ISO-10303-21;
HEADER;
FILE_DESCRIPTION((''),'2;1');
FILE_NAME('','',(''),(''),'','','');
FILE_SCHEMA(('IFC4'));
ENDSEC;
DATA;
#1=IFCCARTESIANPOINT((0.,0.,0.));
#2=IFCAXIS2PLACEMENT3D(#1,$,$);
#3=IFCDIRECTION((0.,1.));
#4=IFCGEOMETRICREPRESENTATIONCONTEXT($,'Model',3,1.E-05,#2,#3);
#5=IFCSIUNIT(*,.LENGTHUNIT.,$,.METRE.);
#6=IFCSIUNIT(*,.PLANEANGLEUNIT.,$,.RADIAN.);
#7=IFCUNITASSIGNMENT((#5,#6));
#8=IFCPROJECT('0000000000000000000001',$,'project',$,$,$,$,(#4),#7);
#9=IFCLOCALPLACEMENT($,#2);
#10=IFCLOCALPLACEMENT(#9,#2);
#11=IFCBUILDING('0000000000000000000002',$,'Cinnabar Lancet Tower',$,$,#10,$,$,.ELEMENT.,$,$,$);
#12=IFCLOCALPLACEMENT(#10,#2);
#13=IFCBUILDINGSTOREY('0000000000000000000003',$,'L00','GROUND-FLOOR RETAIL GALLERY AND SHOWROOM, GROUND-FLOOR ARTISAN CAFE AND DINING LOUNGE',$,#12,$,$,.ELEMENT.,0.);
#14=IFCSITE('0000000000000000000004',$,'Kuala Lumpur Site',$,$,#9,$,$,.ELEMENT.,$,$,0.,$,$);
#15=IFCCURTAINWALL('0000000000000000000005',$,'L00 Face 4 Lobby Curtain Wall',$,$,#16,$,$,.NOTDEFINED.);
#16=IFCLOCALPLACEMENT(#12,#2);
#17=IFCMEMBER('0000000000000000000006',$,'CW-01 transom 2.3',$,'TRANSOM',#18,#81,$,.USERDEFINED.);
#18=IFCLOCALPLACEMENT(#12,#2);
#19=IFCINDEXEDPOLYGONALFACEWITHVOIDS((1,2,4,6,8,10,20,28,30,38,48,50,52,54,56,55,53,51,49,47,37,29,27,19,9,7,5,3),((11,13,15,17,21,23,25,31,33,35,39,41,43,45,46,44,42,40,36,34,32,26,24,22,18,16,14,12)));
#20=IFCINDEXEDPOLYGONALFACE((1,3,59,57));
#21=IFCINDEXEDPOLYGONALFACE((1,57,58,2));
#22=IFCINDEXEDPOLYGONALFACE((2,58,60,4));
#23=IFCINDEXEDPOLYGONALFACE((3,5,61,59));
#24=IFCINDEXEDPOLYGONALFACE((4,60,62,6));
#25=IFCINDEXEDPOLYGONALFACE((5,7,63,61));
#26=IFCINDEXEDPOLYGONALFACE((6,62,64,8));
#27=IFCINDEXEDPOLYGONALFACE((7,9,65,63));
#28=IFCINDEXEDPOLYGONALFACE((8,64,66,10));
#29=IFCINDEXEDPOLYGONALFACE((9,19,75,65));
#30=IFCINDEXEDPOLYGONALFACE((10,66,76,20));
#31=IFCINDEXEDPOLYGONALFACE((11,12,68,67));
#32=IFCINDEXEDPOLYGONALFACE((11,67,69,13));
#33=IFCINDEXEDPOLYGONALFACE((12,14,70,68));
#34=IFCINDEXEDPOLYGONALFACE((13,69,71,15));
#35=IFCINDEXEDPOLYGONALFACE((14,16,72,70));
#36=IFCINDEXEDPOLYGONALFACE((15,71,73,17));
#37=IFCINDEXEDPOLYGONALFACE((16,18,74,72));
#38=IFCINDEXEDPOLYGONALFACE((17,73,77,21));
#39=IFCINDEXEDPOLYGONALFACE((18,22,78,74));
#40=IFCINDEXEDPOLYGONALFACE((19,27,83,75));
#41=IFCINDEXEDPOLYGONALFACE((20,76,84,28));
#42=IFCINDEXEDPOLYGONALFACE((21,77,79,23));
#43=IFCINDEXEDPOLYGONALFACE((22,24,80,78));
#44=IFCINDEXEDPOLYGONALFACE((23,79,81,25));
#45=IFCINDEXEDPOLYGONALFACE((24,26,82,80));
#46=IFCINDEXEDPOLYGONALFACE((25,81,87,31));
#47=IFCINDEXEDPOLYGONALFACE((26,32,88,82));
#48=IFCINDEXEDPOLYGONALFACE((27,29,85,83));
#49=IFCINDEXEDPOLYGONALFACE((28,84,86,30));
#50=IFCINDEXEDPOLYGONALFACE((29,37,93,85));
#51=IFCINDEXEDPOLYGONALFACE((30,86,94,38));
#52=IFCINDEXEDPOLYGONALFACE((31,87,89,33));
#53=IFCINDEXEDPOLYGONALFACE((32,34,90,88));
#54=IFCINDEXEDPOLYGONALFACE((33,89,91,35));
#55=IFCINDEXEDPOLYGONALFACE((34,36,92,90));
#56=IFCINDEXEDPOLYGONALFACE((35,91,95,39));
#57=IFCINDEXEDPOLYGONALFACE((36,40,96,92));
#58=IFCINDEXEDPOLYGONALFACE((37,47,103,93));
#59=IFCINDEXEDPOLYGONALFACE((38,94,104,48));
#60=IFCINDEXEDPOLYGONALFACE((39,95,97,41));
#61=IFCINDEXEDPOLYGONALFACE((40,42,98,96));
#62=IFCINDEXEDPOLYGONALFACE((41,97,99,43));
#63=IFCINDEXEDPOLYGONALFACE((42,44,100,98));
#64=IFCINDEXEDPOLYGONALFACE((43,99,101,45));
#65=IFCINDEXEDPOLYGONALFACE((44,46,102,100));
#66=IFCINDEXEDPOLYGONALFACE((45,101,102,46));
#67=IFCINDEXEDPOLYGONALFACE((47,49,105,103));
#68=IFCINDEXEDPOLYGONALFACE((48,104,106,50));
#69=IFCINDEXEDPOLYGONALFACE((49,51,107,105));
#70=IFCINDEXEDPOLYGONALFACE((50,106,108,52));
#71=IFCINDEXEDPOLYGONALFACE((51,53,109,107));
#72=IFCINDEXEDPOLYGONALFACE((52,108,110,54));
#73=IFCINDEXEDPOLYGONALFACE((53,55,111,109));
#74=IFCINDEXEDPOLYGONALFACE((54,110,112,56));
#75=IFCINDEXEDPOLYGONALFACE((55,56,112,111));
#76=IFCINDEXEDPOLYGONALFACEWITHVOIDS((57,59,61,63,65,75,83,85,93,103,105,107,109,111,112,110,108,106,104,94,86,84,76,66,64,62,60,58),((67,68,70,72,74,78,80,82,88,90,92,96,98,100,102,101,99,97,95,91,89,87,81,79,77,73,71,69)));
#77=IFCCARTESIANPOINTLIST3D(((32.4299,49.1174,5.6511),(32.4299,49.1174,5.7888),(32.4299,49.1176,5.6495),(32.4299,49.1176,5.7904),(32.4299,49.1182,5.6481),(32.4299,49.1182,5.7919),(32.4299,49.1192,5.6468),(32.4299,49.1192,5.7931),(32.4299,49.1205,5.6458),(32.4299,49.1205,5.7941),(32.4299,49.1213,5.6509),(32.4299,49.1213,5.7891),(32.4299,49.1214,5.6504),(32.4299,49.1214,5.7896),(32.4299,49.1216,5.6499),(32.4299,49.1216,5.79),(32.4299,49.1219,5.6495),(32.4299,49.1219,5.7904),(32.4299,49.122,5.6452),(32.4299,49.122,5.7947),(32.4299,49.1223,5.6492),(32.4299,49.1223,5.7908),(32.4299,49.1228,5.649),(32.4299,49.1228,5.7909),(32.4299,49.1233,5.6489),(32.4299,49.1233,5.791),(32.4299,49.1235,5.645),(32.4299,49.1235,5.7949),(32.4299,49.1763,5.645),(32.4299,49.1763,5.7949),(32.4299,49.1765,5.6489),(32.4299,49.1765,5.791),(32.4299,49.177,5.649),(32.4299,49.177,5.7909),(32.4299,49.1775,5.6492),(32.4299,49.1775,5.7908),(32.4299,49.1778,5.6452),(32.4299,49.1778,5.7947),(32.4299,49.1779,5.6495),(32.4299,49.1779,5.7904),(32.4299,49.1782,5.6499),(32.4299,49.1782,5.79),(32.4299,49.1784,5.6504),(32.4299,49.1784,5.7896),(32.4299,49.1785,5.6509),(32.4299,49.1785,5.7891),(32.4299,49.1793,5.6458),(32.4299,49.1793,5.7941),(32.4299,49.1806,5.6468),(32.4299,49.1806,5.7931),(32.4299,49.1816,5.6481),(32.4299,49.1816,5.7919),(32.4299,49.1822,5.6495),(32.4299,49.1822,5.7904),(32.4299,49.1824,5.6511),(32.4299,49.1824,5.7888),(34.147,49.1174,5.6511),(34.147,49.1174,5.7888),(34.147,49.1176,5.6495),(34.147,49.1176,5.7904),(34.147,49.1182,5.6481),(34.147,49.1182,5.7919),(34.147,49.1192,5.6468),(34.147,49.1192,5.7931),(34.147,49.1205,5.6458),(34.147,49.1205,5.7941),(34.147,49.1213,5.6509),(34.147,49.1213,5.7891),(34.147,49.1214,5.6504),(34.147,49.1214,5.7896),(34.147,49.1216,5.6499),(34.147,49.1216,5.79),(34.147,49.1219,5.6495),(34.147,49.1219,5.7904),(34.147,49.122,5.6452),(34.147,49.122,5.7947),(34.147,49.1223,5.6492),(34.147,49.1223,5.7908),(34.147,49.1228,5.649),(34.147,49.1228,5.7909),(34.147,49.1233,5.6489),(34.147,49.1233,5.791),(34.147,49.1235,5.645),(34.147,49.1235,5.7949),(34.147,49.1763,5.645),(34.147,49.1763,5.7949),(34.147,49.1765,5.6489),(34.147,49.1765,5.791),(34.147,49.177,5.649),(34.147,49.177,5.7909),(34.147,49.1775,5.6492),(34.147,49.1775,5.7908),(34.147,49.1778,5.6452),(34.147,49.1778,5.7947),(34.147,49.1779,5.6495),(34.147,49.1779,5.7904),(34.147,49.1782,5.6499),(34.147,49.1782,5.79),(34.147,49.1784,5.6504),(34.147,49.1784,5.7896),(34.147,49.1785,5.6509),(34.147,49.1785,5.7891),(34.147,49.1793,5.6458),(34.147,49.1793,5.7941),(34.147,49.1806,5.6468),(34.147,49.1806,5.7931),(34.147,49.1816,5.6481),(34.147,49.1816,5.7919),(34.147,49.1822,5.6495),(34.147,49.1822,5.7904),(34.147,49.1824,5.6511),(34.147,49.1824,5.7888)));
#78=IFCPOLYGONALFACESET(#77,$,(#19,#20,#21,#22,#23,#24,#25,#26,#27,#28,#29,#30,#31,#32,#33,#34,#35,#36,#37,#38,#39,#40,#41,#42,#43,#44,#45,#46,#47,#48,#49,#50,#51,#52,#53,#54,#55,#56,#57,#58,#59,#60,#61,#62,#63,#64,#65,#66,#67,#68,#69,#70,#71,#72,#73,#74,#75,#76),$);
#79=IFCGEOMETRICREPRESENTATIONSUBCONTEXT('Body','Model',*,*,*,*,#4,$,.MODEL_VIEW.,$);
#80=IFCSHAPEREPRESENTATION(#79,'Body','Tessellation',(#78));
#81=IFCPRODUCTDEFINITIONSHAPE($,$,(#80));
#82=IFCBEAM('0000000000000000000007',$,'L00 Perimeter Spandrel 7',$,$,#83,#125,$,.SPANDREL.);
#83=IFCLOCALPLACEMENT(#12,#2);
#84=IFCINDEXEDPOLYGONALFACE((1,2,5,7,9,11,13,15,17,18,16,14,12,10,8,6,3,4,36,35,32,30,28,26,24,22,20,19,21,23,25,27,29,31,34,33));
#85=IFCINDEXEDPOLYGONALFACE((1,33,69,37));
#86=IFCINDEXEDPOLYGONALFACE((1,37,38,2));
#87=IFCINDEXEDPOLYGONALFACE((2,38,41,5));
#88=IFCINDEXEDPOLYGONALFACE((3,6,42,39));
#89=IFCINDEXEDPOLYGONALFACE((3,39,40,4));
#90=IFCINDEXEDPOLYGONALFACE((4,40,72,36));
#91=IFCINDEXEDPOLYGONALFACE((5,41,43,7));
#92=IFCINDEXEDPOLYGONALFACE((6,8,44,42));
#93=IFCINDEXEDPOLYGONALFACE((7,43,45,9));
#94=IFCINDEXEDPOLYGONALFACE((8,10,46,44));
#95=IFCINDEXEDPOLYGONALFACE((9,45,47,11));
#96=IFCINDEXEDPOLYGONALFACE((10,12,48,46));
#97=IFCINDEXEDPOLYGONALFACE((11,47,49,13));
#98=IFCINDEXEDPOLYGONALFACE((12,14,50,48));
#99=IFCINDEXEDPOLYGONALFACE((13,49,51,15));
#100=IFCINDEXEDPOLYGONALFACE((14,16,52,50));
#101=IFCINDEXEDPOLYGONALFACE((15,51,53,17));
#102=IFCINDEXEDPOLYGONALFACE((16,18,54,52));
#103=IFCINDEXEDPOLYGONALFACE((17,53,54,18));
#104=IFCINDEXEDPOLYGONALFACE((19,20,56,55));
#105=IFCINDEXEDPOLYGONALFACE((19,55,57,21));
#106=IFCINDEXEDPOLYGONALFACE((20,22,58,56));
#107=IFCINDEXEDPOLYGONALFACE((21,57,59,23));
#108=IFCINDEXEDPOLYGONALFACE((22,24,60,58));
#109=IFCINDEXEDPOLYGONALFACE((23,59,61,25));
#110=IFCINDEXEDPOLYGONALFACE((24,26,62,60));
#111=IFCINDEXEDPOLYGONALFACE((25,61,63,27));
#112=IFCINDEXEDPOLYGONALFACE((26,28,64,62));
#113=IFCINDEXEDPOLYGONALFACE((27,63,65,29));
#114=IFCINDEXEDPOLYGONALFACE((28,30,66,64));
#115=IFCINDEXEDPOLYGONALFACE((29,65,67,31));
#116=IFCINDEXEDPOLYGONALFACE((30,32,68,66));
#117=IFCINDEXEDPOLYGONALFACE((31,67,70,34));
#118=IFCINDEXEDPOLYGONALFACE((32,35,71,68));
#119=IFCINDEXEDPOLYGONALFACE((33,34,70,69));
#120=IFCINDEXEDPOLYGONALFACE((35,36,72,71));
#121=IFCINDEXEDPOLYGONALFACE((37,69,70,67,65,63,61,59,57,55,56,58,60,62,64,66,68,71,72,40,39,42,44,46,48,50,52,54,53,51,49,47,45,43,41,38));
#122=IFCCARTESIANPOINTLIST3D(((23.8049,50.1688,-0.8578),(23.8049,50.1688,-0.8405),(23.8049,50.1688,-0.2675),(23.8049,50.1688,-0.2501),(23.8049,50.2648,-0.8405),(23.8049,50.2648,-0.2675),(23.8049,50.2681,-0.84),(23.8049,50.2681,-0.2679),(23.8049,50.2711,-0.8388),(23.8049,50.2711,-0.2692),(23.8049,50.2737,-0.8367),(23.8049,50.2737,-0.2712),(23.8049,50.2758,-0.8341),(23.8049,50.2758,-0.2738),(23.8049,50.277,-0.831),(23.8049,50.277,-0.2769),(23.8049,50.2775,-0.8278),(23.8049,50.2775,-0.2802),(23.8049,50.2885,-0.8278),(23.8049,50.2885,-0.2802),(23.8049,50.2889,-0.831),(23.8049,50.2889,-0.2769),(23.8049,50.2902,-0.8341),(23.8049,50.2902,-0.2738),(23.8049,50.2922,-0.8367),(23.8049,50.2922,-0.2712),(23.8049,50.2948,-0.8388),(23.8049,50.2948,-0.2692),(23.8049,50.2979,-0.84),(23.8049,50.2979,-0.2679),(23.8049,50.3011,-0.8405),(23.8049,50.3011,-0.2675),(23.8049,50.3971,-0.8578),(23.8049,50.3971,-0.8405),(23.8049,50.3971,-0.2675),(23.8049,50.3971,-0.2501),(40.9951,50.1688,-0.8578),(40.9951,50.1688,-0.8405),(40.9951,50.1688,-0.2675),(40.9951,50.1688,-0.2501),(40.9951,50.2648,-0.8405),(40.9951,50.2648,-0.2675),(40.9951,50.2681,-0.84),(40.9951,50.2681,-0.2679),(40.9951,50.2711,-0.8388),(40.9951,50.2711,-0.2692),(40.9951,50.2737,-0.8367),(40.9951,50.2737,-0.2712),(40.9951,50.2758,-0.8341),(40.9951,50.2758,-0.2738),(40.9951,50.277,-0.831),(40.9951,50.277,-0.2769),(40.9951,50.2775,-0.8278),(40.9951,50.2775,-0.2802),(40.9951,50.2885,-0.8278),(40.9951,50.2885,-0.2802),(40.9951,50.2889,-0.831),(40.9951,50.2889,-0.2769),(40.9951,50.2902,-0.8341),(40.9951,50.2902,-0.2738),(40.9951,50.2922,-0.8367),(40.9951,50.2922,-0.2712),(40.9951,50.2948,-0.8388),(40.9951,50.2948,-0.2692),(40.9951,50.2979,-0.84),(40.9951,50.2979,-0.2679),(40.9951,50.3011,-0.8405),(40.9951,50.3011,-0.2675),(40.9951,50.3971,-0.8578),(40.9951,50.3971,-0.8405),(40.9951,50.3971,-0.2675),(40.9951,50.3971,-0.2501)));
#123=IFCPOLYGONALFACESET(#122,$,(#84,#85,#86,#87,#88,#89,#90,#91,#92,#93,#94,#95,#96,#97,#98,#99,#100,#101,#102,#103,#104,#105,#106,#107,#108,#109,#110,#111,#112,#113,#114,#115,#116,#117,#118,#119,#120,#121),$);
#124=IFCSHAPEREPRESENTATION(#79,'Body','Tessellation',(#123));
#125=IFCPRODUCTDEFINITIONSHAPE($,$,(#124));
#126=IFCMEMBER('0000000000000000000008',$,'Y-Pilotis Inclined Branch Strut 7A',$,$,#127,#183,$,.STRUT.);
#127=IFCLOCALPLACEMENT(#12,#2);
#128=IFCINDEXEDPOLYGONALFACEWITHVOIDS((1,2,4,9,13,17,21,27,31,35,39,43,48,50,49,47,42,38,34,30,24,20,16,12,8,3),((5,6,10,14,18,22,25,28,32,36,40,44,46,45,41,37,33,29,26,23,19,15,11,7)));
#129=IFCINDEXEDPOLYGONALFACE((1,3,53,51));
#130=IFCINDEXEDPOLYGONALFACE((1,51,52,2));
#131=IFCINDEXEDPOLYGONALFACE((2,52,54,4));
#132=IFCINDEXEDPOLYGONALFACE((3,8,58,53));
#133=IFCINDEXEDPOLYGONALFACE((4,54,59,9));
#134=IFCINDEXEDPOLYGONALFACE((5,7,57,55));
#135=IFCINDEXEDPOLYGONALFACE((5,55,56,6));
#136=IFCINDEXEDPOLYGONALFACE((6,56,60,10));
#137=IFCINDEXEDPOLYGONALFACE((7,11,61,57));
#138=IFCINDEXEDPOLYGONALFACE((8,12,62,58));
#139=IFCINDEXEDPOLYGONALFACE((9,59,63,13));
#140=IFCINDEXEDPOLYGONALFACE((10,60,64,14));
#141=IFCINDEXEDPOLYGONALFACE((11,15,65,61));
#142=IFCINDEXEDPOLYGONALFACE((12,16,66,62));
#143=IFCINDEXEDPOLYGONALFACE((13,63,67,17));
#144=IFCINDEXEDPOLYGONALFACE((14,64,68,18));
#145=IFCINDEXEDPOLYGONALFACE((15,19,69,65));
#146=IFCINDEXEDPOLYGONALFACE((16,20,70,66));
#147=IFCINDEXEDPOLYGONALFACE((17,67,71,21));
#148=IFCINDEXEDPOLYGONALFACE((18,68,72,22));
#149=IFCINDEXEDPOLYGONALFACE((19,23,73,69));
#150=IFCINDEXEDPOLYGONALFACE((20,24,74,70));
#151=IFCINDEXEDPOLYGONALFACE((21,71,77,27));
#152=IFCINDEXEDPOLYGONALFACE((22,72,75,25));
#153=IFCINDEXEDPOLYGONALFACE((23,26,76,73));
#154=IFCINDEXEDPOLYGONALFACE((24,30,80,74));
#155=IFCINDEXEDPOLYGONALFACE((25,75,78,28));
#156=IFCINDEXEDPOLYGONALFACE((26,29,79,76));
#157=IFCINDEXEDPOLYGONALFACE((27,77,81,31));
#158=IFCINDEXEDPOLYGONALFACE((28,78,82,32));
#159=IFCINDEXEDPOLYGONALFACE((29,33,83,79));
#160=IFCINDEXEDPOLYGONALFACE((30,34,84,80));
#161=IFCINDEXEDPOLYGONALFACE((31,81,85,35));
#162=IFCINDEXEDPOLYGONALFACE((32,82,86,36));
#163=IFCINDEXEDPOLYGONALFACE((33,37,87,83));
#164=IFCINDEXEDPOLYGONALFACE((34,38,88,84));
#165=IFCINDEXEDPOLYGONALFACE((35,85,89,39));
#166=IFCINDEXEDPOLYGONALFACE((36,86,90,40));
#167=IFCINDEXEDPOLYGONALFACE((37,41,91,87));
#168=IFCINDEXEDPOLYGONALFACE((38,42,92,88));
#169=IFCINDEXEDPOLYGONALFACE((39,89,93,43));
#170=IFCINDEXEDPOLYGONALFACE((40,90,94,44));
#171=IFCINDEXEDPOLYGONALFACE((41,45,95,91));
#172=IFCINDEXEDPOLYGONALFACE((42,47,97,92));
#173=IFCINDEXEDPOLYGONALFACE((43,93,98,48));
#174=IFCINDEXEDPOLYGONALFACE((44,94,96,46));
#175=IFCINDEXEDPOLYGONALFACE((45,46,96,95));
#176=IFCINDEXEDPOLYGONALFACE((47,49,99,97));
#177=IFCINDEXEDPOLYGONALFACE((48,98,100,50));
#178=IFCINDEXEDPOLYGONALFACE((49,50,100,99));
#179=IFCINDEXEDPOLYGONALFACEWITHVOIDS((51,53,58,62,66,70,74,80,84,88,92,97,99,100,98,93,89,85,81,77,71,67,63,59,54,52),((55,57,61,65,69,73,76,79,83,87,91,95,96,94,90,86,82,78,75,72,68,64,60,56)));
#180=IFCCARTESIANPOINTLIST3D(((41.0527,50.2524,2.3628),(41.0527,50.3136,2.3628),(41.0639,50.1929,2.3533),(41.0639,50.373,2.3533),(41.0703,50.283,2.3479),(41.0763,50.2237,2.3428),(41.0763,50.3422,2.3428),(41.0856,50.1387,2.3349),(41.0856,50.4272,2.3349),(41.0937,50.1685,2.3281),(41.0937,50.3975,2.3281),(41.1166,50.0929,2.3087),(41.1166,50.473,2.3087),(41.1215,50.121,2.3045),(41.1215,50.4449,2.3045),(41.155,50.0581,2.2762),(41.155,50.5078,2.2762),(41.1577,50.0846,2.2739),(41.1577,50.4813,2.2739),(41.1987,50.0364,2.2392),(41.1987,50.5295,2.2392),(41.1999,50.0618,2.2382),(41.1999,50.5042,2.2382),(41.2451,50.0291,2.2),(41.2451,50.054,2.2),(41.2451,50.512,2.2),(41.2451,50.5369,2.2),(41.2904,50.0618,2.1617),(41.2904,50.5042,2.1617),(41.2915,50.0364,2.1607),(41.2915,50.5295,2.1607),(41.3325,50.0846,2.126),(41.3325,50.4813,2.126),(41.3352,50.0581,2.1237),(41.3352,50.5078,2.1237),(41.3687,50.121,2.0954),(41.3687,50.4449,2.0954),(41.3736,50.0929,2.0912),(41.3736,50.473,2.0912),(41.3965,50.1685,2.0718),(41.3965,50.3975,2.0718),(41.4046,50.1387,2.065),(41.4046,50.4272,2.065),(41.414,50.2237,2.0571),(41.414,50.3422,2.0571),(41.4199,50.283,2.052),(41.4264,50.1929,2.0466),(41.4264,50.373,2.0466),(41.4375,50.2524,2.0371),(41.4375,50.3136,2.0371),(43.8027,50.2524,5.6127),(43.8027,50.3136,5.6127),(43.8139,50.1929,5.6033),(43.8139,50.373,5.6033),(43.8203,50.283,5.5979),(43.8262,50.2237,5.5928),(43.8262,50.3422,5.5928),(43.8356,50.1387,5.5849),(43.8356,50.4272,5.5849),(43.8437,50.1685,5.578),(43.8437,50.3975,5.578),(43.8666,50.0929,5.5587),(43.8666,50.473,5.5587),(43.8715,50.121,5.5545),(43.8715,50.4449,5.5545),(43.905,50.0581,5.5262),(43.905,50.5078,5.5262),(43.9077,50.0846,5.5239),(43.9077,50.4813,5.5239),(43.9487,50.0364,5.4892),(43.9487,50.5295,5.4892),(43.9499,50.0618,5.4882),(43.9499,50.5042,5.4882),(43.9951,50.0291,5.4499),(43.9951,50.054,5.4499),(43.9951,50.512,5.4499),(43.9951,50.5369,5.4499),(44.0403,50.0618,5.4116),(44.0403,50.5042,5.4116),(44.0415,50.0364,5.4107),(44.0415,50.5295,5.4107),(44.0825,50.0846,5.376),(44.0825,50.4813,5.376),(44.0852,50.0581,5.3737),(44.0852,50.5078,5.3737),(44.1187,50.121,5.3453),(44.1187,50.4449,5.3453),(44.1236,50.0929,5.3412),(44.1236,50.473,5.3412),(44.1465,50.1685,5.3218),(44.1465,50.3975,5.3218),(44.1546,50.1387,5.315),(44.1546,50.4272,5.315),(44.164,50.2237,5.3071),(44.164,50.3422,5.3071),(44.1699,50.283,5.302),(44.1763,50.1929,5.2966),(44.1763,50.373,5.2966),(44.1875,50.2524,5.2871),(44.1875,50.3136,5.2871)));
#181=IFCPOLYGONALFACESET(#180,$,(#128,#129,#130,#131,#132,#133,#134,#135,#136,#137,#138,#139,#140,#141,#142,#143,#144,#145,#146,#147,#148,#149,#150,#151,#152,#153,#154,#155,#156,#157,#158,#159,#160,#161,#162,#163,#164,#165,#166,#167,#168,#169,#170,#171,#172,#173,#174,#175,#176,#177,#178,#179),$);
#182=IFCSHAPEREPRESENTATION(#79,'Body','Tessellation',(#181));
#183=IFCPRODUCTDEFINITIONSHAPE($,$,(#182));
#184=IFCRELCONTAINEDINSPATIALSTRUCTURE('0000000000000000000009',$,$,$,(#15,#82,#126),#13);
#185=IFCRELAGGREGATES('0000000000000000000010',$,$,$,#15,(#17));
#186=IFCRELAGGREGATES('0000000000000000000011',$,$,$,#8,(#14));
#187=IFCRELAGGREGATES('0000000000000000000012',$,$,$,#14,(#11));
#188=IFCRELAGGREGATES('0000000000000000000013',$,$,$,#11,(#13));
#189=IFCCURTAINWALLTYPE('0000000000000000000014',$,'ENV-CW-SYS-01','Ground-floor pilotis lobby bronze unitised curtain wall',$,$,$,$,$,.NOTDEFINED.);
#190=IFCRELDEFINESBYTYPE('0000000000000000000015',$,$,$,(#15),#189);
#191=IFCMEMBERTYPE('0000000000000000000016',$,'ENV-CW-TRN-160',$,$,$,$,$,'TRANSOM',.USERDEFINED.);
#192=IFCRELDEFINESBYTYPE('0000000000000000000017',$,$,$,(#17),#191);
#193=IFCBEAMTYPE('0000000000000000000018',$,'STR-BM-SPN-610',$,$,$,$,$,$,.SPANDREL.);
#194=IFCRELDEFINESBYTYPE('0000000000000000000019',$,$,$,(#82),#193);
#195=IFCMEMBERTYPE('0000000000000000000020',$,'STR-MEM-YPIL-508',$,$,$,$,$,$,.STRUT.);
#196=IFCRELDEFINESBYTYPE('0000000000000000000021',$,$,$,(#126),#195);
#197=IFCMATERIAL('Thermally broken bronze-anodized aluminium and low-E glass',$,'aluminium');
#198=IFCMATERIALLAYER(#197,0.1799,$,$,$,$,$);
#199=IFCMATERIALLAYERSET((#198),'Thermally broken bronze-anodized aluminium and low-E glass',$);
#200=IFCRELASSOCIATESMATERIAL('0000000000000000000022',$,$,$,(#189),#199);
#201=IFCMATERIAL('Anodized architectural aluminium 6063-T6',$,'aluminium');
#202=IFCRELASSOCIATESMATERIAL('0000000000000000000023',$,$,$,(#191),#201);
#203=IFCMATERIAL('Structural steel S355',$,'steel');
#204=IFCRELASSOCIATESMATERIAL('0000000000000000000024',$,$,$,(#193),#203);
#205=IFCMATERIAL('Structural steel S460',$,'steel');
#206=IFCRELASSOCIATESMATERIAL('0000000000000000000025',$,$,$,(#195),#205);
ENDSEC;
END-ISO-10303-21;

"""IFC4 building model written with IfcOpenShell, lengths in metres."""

from ifc_helpers import new_model, si_unit, direction, frame, origin, origin_2d, place, context, subcontext, project, spatial, hollow_rectangle, hollow_circle, i_section, extrude, material, layer, layer_set, material_profile, profile_set, type_object, element, aggregate, save


model = new_model("IFC4")

# Units and contexts
model_context = context("Model", 3, precision=1e-05, world=origin(), true_north=direction((0.0, 1.0)))
body_context = subcontext(model_context, "Body", "Model", "MODEL_VIEW")
ifc_project = project(units=[si_unit("LENGTHUNIT", "METRE"), si_unit("PLANEANGLEUNIT", "RADIAN")], contexts=[model_context])

# Site, building, storey
site_placement = place(None, origin())
site = spatial("IfcSite", under=ifc_project, at=site_placement, Name="Kuala Lumpur Site", CompositionType="ELEMENT", RefElevation=0.0)
building_placement = place(site_placement, origin())
building = spatial("IfcBuilding", under=site, at=building_placement, Name="Cinnabar Lancet Tower", CompositionType="ELEMENT")
storey_placement = place(building_placement, origin())
storey = spatial("IfcBuildingStorey", under=building, at=storey_placement, Name="L00", Description="GROUND-FLOOR RETAIL GALLERY AND SHOWROOM, GROUND-FLOOR ARTISAN CAFE AND DINING LOUNGE", CompositionType="ELEMENT", Elevation=0.0)

# Curtain wall, member
ifc_material_1 = material(Name="Thermally broken bronze-anodized aluminium and low-E glass", Category="aluminium")
ifc_layer_1 = layer(ifc_material_1, 0.1799)
ifc_layer_set_1 = layer_set([ifc_layer_1], Name="Thermally broken bronze-anodized aluminium and low-E glass")
curtain_wall_type = type_object("IfcCurtainWallType", Name="ENV-CW-SYS-01", Description="Ground-floor pilotis lobby bronze unitised curtain wall", PredefinedType="NOTDEFINED", material=ifc_layer_set_1)
curtain_wall_placement = place(storey_placement, origin())
curtain_wall = element("IfcCurtainWall", 1, at=curtain_wall_placement, inside=storey, type_object=curtain_wall_type, Name="L00 Face 4 Lobby Curtain Wall", PredefinedType="NOTDEFINED")
ifc_material_2 = material(Name="Anodized architectural aluminium 6063-T6", Category="aluminium")
ifc_material_profile_1 = material_profile(ifc_material_2, hollow_rectangle(XDim=0.0649, YDim=0.1499, WallThickness=0.0039, InnerFilletRadius=0.002, OuterFilletRadius=0.0061, at=origin_2d()), Name="CW-TRN 150x65x4")
ifc_profile_set_1 = profile_set([ifc_material_profile_1], Name="Anodized architectural aluminium 6063-T6")
member_type_1 = type_object("IfcMemberType", Name="ENV-CW-TRN-160", ElementType="TRANSOM", PredefinedType="USERDEFINED", material=ifc_profile_set_1)
member_1_placement = place(storey_placement, frame((32.4299, 49.1499, 5.72), z_axis=(1.0, 0.0, 0.0), x_axis=(0.0, 1.0, 0.0)))
member_1 = element("IfcMember", 2, at=member_1_placement, type_object=member_type_1, Name="CW-01 transom 2.3", ObjectType="TRANSOM", PredefinedType="USERDEFINED", context=body_context, shape_type="SweptSolid", body=[
    extrude(hollow_rectangle(XDim=0.0649, YDim=0.1499, WallThickness=0.0039, InnerFilletRadius=0.002, OuterFilletRadius=0.0061, at=origin_2d()), origin(), (0.0, 0.0, 1.0), 1.717),
])

# Beam
ifc_material_3 = material(Name="Structural steel S355", Category="steel")
ifc_material_profile_2 = material_profile(ifc_material_3, i_section(OverallWidth=0.2283, OverallDepth=0.6077, WebThickness=0.011, FlangeThickness=0.0173, FilletRadius=0.0127, at=origin_2d()), Name="UKB 610x229x113")
ifc_profile_set_2 = profile_set([ifc_material_profile_2], Name="Structural steel S355")
beam_type = type_object("IfcBeamType", Name="STR-BM-SPN-610", PredefinedType="SPANDREL", material=ifc_profile_set_2)
beam_placement = place(storey_placement, frame((40.9951, 50.283, -0.554), z_axis=(-1.0, 0.0, 0.0), x_axis=(0.0, -1.0, 0.0)))
element("IfcBeam", 3, at=beam_placement, inside=storey, type_object=beam_type, Name="L00 Perimeter Spandrel 7", PredefinedType="SPANDREL", context=body_context, shape_type="SweptSolid", body=[
    extrude(i_section(OverallWidth=0.2283, OverallDepth=0.6077, WebThickness=0.011, FlangeThickness=0.0173, FilletRadius=0.0127, at=origin_2d()), origin(), (0.0, 0.0, 1.0), 17.1902),
])

# Member
ifc_material_4 = material(Name="Structural steel S460", Category="steel")
ifc_material_profile_3 = material_profile(ifc_material_4, hollow_circle(Radius=0.2539, WallThickness=0.0249, at=origin_2d()), Name="CHS 508x25")
ifc_profile_set_3 = profile_set([ifc_material_profile_3], Name="Structural steel S460")
member_type_2 = type_object("IfcMemberType", Name="STR-MEM-YPIL-508", PredefinedType="STRUT", material=ifc_profile_set_3)
for number, where, z_axis, x_axis, name in (
    (4, (41.2451, 50.283, 2.2), (0.645942, 0.0, 0.763386), (0.0, 1.0, 0.0), "Y-Pilotis Inclined Branch Strut 7A"),
):
    element("IfcMember", number, at=place(storey_placement, frame(where, z_axis=z_axis, x_axis=x_axis)), inside=storey, type_object=member_type_2, Name=name, PredefinedType="STRUT", context=body_context, shape_type="SweptSolid", body=[
        extrude(hollow_circle(Radius=0.2539, WallThickness=0.0249, at=origin_2d()), origin(), (0.0, 0.0, 1.0), 4.2573),
    ])

aggregate(curtain_wall, [member_1])

save(model, "model.ifc")
